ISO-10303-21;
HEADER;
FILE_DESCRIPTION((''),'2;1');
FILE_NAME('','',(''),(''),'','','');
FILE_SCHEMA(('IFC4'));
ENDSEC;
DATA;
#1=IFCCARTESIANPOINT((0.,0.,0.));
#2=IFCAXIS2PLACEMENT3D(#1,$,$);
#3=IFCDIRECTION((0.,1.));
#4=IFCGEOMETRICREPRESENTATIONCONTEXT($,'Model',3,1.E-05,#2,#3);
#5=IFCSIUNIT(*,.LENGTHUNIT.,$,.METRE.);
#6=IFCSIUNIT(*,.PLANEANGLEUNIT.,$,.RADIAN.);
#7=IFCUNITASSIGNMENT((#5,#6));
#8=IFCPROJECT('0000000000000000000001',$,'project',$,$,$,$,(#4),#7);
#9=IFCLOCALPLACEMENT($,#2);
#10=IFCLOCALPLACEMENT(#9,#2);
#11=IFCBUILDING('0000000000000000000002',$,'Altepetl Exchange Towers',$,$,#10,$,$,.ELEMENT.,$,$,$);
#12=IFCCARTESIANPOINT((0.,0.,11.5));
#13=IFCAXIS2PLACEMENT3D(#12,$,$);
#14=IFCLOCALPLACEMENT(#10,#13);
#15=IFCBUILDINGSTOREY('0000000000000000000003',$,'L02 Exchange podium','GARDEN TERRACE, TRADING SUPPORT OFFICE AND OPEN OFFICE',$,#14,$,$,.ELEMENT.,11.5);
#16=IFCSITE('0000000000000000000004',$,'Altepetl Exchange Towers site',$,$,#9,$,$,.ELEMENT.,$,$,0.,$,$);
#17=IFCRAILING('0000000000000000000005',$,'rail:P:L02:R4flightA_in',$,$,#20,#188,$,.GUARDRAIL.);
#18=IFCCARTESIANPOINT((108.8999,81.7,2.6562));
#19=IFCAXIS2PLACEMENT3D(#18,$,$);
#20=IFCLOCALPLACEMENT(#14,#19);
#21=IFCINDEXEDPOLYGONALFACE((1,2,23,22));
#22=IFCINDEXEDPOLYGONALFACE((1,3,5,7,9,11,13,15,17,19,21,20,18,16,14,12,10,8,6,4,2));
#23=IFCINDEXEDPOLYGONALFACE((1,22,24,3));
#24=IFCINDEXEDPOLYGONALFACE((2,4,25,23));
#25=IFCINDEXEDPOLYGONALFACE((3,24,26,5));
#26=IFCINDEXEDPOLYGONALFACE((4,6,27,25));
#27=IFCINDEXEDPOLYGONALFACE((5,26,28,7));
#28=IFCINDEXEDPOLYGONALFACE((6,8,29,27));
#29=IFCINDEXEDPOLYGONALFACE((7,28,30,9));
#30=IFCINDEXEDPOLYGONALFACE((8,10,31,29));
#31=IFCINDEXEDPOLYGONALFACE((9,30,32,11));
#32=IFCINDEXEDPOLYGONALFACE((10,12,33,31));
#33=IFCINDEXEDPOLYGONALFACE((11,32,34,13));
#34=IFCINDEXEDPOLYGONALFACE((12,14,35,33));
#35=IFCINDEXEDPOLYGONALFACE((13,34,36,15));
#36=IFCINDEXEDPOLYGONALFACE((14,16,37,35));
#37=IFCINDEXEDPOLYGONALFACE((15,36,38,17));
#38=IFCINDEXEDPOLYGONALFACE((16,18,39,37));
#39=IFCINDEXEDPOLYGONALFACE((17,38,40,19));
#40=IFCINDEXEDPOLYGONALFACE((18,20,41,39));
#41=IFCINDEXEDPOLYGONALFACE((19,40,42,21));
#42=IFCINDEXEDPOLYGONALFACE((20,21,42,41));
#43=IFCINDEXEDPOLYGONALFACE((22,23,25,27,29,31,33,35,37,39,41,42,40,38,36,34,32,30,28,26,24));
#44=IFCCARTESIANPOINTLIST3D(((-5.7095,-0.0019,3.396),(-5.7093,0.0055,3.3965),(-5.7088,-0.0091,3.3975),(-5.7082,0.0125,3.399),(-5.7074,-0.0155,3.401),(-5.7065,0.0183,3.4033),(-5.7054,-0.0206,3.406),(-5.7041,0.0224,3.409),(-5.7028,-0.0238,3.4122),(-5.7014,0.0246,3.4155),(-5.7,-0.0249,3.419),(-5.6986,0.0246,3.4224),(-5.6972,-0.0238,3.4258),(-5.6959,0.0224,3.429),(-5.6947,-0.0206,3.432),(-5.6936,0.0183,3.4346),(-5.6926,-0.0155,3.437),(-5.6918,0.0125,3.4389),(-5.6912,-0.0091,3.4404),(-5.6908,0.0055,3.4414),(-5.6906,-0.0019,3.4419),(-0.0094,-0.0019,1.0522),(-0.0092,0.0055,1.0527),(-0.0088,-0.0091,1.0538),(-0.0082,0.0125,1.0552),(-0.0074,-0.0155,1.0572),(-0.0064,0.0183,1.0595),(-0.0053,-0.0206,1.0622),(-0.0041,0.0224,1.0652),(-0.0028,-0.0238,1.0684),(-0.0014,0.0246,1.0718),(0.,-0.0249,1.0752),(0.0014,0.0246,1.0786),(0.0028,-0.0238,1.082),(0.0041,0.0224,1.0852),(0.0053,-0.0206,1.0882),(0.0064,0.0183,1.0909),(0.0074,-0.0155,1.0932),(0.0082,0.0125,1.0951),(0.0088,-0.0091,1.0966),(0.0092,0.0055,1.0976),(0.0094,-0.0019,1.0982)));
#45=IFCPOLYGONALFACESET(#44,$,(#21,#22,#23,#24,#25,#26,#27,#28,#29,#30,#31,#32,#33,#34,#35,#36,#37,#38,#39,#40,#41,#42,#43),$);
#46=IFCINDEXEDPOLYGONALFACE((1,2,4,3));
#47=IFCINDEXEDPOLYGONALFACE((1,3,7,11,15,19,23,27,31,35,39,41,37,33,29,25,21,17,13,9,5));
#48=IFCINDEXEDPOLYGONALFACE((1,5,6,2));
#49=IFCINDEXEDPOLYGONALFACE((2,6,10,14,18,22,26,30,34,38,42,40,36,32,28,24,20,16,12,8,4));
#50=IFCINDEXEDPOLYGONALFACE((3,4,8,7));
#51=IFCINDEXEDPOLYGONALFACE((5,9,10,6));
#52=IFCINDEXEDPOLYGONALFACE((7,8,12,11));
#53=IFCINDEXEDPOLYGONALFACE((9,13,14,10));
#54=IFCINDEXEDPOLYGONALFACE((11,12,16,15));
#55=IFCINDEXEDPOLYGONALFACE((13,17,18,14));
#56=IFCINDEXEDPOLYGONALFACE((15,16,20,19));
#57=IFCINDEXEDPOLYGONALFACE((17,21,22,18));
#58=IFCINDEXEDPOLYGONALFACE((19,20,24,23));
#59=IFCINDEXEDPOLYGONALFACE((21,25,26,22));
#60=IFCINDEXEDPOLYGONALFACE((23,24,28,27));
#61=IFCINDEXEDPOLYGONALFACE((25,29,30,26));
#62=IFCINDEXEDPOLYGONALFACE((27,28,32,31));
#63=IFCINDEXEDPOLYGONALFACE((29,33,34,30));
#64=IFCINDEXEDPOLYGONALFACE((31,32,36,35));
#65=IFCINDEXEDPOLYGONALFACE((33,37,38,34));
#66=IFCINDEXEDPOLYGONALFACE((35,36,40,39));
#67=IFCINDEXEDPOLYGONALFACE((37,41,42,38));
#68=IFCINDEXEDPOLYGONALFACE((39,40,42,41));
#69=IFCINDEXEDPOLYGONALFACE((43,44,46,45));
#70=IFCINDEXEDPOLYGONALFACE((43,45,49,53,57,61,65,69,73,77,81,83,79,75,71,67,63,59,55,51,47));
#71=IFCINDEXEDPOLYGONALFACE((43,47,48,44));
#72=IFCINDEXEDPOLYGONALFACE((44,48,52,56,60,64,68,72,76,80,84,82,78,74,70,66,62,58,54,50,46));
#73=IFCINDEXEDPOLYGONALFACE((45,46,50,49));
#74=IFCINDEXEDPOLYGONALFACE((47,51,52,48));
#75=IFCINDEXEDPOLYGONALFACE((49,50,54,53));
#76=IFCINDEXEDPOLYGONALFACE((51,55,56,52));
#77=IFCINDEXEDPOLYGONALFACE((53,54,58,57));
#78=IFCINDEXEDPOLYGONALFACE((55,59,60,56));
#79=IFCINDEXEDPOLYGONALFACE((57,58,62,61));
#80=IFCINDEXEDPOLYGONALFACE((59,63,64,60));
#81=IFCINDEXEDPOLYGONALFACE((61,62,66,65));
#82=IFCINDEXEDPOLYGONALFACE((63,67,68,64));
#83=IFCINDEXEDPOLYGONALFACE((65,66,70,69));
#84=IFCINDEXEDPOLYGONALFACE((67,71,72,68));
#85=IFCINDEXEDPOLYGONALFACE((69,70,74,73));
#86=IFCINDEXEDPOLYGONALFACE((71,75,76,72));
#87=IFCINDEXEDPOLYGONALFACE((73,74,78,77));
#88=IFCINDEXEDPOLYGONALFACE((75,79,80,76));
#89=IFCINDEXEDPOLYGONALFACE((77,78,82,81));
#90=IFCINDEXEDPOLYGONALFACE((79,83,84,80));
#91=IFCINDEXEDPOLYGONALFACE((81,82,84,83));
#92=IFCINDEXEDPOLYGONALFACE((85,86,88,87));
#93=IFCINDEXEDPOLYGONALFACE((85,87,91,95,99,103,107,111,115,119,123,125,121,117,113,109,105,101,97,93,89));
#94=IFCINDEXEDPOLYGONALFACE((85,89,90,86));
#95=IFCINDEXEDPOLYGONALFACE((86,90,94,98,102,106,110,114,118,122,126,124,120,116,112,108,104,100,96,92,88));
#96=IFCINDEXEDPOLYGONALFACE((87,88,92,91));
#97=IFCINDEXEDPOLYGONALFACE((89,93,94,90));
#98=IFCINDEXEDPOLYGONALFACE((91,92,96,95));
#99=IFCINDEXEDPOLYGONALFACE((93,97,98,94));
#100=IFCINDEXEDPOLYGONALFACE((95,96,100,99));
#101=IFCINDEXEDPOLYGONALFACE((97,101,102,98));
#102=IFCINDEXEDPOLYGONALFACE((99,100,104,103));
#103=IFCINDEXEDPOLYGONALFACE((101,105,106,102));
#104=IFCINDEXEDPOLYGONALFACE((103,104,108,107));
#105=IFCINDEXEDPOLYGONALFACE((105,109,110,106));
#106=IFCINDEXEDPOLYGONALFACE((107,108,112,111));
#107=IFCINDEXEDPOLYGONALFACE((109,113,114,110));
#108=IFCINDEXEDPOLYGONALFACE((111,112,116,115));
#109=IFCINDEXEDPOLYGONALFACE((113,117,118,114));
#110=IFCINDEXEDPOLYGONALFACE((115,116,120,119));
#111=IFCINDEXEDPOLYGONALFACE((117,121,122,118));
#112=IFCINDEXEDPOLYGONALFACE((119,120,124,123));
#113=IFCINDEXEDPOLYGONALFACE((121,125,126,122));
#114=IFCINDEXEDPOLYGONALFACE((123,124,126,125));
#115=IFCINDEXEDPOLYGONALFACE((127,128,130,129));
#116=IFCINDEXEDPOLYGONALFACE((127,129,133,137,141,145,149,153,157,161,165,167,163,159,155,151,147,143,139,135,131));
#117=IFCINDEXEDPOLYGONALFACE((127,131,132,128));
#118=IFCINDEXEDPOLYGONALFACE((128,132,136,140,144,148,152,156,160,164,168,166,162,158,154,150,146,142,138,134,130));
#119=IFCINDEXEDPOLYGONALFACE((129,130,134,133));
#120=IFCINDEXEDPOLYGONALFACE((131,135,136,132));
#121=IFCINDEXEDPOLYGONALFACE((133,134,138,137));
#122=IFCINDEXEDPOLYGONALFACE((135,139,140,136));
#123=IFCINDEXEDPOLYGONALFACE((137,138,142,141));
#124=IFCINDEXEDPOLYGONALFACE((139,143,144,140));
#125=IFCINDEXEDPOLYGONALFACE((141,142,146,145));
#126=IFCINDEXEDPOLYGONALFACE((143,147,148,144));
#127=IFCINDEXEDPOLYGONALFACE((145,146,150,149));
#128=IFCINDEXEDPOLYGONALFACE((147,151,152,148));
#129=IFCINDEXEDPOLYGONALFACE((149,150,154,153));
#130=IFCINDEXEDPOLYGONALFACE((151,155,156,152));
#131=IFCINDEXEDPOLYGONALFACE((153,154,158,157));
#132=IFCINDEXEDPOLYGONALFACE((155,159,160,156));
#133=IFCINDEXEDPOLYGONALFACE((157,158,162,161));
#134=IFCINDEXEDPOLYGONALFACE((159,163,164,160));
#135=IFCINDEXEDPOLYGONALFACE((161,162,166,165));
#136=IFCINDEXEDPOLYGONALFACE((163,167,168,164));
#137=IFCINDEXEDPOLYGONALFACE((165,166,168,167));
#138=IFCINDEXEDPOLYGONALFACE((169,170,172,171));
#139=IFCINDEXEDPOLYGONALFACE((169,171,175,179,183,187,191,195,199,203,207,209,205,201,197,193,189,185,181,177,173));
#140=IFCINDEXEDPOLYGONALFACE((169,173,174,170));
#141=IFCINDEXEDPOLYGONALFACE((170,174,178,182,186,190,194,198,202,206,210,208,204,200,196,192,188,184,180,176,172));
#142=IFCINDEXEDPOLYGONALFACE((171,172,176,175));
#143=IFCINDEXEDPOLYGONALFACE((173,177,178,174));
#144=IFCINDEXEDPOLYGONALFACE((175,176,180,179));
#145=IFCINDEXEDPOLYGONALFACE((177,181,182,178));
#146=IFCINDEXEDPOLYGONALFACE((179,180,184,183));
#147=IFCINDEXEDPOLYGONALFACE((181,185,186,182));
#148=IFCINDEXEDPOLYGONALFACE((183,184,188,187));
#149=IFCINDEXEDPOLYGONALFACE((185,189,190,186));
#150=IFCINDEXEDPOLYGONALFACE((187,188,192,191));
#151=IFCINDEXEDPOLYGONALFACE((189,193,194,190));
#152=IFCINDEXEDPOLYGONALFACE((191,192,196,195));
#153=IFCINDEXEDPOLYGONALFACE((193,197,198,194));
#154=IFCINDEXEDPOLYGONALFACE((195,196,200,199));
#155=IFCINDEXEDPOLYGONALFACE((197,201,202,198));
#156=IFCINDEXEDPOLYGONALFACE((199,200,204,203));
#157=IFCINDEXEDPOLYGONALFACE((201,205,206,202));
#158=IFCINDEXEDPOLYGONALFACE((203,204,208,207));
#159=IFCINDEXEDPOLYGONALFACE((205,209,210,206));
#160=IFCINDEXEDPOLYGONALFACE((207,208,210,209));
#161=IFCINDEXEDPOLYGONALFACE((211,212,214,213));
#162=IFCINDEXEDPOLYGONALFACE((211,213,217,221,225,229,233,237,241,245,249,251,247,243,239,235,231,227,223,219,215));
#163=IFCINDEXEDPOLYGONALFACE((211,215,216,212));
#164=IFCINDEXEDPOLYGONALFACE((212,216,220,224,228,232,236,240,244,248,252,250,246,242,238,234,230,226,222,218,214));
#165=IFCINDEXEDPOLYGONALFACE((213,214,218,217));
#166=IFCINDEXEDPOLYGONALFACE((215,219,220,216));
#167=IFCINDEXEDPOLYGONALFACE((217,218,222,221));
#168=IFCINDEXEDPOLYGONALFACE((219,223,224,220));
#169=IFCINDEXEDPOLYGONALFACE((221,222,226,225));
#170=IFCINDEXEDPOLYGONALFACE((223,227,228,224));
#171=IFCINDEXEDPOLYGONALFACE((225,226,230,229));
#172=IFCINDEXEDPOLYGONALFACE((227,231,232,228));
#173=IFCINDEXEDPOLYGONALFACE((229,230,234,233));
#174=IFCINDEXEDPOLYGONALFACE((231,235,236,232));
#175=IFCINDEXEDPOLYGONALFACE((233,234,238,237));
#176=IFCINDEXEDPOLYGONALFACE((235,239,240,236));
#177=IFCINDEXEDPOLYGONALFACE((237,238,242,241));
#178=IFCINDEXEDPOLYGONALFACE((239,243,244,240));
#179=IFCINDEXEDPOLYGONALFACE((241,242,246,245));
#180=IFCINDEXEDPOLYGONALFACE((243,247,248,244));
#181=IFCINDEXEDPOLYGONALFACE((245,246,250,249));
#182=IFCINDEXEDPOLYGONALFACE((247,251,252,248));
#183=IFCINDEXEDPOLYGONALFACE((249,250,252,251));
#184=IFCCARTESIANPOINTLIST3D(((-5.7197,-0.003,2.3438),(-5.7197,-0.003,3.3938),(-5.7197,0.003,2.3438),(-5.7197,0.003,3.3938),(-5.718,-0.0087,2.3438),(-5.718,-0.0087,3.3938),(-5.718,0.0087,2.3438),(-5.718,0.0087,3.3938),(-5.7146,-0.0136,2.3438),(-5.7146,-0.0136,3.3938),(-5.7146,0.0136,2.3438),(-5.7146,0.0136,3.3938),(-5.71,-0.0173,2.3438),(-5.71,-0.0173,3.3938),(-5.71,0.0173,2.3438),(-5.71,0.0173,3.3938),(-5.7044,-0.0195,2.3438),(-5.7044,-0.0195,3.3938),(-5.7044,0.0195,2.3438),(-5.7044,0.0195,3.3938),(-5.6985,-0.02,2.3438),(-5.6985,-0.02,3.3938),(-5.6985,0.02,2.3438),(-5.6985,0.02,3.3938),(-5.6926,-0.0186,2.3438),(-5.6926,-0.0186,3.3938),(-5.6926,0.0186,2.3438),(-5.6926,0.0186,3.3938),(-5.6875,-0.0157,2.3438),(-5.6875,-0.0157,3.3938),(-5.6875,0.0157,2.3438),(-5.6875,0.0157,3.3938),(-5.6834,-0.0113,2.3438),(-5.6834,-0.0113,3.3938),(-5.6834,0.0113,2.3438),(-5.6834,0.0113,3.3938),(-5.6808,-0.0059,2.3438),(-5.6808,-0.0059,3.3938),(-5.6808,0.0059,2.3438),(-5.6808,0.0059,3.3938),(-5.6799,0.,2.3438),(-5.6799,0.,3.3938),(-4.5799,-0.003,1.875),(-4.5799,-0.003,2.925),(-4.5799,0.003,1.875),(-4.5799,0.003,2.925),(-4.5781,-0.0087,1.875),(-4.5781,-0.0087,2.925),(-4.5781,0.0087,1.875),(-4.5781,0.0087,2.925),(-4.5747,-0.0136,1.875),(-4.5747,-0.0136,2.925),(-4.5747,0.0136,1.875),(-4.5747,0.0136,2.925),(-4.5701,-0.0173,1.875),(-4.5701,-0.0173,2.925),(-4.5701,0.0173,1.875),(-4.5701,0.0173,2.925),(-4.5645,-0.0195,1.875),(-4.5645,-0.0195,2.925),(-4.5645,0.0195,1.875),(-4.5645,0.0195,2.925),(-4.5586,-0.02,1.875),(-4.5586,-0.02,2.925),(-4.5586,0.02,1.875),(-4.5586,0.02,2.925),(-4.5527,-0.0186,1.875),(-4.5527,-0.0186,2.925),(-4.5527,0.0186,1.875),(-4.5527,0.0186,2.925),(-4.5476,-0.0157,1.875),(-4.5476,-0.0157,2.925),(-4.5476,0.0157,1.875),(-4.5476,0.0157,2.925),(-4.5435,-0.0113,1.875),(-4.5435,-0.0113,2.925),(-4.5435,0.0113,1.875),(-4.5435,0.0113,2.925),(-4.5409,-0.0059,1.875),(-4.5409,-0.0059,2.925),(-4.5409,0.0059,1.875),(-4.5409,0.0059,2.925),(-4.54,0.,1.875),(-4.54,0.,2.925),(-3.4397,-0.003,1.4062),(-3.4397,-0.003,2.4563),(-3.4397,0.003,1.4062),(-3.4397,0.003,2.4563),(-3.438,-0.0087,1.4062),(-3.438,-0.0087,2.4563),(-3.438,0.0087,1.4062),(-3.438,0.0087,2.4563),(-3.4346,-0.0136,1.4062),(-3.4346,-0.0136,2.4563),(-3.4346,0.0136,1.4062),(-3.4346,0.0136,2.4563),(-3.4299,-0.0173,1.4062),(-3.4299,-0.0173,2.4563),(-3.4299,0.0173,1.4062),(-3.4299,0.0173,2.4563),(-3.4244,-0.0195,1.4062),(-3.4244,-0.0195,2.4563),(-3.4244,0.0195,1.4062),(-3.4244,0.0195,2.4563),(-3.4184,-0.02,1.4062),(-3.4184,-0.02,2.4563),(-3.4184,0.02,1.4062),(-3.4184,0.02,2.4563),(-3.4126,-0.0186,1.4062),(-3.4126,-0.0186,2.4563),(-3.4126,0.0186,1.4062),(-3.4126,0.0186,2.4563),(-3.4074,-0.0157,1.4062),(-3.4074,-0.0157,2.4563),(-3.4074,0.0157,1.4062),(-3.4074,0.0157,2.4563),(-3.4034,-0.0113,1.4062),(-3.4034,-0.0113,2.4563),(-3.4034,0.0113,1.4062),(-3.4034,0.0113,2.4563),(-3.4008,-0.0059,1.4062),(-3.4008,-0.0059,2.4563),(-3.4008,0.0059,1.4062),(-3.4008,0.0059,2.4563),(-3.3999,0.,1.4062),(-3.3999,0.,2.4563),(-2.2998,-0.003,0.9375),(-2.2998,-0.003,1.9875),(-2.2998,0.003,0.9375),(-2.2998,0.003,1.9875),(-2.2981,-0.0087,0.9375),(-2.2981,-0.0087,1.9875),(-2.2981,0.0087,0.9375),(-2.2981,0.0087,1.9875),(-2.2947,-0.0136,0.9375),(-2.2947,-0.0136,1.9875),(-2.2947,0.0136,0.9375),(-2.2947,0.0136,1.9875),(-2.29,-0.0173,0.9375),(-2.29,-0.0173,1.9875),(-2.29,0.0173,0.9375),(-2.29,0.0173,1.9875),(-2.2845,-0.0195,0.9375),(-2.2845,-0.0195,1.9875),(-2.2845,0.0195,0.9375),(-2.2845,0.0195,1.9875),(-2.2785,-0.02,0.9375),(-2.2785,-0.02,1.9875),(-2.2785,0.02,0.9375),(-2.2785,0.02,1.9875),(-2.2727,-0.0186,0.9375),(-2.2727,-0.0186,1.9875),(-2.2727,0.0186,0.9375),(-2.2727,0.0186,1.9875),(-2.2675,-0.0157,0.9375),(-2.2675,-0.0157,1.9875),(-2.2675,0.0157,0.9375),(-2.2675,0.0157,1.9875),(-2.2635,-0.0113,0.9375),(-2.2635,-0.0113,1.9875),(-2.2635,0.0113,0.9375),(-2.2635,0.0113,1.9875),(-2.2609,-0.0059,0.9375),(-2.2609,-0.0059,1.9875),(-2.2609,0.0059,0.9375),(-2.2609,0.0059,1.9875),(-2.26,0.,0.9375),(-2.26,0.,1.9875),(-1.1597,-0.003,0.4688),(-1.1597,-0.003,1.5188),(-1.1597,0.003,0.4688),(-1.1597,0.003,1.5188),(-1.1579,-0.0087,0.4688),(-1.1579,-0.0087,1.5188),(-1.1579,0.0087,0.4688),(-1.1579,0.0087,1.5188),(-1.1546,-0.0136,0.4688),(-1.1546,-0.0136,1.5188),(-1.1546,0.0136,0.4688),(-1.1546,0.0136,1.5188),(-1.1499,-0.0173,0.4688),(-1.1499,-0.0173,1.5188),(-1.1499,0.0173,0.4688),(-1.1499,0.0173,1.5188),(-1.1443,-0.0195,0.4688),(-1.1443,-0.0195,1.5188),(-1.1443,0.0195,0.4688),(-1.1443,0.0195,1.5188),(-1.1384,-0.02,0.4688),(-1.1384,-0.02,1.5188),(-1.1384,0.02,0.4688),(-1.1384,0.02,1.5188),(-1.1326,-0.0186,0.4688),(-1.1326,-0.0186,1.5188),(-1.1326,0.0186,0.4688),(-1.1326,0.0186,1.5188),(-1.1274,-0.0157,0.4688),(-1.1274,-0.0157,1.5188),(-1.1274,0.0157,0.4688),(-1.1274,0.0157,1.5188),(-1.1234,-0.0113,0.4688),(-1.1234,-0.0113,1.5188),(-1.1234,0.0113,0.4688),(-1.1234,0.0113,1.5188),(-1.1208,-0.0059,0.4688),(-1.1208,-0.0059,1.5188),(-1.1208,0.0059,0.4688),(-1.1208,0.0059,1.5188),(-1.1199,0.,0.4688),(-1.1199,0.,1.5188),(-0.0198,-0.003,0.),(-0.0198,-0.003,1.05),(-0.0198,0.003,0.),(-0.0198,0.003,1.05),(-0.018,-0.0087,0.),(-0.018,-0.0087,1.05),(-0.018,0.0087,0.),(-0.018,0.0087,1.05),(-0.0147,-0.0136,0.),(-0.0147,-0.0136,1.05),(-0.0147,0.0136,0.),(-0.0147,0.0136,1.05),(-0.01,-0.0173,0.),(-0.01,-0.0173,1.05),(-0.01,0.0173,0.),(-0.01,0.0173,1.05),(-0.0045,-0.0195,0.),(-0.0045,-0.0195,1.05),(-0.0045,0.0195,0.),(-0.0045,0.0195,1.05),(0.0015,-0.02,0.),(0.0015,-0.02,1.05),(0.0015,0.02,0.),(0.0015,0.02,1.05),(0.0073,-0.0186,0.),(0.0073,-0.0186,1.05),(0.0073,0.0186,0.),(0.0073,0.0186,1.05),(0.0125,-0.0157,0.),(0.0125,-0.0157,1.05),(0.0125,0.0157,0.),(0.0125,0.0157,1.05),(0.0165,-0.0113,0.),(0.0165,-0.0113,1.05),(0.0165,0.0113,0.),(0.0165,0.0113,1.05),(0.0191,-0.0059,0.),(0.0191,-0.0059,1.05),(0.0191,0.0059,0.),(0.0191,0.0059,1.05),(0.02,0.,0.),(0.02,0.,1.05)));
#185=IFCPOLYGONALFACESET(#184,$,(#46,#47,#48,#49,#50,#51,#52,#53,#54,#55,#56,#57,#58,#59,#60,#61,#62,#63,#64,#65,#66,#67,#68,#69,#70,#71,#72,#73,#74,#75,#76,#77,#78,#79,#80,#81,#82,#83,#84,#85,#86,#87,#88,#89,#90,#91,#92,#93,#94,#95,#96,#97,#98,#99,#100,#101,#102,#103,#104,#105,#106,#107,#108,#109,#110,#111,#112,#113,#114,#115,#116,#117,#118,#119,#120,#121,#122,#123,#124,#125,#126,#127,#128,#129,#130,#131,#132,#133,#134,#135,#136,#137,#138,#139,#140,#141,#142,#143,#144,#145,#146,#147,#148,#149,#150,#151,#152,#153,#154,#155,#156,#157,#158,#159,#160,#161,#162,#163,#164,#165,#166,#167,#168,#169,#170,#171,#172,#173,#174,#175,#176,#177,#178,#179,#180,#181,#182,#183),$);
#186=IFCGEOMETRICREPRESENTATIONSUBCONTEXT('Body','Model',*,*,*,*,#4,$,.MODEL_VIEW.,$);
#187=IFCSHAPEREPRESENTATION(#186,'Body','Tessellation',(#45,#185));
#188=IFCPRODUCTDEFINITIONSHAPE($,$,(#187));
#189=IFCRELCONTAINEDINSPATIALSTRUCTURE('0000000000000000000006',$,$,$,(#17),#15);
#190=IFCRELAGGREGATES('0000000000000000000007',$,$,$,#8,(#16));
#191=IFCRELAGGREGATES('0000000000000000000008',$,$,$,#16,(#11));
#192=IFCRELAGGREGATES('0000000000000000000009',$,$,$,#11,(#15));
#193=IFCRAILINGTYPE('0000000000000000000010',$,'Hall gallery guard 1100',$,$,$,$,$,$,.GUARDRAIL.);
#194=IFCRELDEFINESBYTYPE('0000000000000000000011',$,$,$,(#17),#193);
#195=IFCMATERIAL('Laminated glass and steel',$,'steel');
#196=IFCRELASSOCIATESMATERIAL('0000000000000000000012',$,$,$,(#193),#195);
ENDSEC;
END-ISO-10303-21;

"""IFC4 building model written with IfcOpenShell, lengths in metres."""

from ifc_helpers import new_model, si_unit, direction, frame, origin, origin_2d, place, context, subcontext, project, spatial, circle, extrude, source, transform, mapped, material, type_object, element, save


model = new_model("IFC4")

# Units and contexts
model_context = context("Model", 3, precision=1e-05, world=origin(), true_north=direction((0.0, 1.0)))
body_context = subcontext(model_context, "Body", "Model", "MODEL_VIEW")
ifc_project = project(units=[si_unit("LENGTHUNIT", "METRE"), si_unit("PLANEANGLEUNIT", "RADIAN")], contexts=[model_context])

# Site, building, storey
site_placement = place(None, origin())
site = spatial("IfcSite", under=ifc_project, at=site_placement, Name="Altepetl Exchange Towers site", CompositionType="ELEMENT", RefElevation=0.0)
building_placement = place(site_placement, origin())
building = spatial("IfcBuilding", under=site, at=building_placement, Name="Altepetl Exchange Towers", CompositionType="ELEMENT")
storey_placement = place(building_placement, frame((0.0, 0.0, 11.5)))
storey = spatial("IfcBuildingStorey", under=building, at=storey_placement, Name="L02 Exchange podium", Description="GARDEN TERRACE, TRADING SUPPORT OFFICE AND OPEN OFFICE", CompositionType="ELEMENT", Elevation=11.5)

# Railing
ifc_material_1 = material(Name="Laminated glass and steel", Category="steel")
railing_type_1 = type_object("IfcRailingType", Name="Hall gallery guard 1100", PredefinedType="GUARDRAIL", material=ifc_material_1)
shared_shape_1 = source(origin(), body_context, "Body", "SweptSolid", [
    extrude(circle(Radius=0.02, at=origin_2d()), origin(), (0.0, 0.0, 1.0), 1.05),
])
for number, where, name in (
    (1, (108.8999, 81.7, 2.6562), "rail:P:L02:R4flightA_in"),
):
    element("IfcRailing", number, at=place(storey_placement, frame(where)), inside=storey, type_object=railing_type_1, Name=name, PredefinedType="GUARDRAIL", context=body_context, shape_type="SweptSolid", body=[
        extrude(circle(Radius=0.0249, at=origin_2d()), frame((0.0, 0.0, 1.0752), z_axis=(-0.924866, 0.0, 0.380293), x_axis=(0.0, -1.0, 0.0)), (0.0, 0.0, 1.0), 6.1631),
        mapped(shared_shape_1, transform((0.0, 0.0, 0.0))),
        mapped(shared_shape_1, transform((-1.1399, 0.0, 0.4688))),
        mapped(shared_shape_1, transform((-2.28, 0.0, 0.9375))),
        mapped(shared_shape_1, transform((-3.4199, 0.0, 1.4062))),
        mapped(shared_shape_1, transform((-4.5601, 0.0, 1.875))),
        mapped(shared_shape_1, transform((-5.7, 0.0, 2.3438))),
    ])

save(model, "model.ifc")
